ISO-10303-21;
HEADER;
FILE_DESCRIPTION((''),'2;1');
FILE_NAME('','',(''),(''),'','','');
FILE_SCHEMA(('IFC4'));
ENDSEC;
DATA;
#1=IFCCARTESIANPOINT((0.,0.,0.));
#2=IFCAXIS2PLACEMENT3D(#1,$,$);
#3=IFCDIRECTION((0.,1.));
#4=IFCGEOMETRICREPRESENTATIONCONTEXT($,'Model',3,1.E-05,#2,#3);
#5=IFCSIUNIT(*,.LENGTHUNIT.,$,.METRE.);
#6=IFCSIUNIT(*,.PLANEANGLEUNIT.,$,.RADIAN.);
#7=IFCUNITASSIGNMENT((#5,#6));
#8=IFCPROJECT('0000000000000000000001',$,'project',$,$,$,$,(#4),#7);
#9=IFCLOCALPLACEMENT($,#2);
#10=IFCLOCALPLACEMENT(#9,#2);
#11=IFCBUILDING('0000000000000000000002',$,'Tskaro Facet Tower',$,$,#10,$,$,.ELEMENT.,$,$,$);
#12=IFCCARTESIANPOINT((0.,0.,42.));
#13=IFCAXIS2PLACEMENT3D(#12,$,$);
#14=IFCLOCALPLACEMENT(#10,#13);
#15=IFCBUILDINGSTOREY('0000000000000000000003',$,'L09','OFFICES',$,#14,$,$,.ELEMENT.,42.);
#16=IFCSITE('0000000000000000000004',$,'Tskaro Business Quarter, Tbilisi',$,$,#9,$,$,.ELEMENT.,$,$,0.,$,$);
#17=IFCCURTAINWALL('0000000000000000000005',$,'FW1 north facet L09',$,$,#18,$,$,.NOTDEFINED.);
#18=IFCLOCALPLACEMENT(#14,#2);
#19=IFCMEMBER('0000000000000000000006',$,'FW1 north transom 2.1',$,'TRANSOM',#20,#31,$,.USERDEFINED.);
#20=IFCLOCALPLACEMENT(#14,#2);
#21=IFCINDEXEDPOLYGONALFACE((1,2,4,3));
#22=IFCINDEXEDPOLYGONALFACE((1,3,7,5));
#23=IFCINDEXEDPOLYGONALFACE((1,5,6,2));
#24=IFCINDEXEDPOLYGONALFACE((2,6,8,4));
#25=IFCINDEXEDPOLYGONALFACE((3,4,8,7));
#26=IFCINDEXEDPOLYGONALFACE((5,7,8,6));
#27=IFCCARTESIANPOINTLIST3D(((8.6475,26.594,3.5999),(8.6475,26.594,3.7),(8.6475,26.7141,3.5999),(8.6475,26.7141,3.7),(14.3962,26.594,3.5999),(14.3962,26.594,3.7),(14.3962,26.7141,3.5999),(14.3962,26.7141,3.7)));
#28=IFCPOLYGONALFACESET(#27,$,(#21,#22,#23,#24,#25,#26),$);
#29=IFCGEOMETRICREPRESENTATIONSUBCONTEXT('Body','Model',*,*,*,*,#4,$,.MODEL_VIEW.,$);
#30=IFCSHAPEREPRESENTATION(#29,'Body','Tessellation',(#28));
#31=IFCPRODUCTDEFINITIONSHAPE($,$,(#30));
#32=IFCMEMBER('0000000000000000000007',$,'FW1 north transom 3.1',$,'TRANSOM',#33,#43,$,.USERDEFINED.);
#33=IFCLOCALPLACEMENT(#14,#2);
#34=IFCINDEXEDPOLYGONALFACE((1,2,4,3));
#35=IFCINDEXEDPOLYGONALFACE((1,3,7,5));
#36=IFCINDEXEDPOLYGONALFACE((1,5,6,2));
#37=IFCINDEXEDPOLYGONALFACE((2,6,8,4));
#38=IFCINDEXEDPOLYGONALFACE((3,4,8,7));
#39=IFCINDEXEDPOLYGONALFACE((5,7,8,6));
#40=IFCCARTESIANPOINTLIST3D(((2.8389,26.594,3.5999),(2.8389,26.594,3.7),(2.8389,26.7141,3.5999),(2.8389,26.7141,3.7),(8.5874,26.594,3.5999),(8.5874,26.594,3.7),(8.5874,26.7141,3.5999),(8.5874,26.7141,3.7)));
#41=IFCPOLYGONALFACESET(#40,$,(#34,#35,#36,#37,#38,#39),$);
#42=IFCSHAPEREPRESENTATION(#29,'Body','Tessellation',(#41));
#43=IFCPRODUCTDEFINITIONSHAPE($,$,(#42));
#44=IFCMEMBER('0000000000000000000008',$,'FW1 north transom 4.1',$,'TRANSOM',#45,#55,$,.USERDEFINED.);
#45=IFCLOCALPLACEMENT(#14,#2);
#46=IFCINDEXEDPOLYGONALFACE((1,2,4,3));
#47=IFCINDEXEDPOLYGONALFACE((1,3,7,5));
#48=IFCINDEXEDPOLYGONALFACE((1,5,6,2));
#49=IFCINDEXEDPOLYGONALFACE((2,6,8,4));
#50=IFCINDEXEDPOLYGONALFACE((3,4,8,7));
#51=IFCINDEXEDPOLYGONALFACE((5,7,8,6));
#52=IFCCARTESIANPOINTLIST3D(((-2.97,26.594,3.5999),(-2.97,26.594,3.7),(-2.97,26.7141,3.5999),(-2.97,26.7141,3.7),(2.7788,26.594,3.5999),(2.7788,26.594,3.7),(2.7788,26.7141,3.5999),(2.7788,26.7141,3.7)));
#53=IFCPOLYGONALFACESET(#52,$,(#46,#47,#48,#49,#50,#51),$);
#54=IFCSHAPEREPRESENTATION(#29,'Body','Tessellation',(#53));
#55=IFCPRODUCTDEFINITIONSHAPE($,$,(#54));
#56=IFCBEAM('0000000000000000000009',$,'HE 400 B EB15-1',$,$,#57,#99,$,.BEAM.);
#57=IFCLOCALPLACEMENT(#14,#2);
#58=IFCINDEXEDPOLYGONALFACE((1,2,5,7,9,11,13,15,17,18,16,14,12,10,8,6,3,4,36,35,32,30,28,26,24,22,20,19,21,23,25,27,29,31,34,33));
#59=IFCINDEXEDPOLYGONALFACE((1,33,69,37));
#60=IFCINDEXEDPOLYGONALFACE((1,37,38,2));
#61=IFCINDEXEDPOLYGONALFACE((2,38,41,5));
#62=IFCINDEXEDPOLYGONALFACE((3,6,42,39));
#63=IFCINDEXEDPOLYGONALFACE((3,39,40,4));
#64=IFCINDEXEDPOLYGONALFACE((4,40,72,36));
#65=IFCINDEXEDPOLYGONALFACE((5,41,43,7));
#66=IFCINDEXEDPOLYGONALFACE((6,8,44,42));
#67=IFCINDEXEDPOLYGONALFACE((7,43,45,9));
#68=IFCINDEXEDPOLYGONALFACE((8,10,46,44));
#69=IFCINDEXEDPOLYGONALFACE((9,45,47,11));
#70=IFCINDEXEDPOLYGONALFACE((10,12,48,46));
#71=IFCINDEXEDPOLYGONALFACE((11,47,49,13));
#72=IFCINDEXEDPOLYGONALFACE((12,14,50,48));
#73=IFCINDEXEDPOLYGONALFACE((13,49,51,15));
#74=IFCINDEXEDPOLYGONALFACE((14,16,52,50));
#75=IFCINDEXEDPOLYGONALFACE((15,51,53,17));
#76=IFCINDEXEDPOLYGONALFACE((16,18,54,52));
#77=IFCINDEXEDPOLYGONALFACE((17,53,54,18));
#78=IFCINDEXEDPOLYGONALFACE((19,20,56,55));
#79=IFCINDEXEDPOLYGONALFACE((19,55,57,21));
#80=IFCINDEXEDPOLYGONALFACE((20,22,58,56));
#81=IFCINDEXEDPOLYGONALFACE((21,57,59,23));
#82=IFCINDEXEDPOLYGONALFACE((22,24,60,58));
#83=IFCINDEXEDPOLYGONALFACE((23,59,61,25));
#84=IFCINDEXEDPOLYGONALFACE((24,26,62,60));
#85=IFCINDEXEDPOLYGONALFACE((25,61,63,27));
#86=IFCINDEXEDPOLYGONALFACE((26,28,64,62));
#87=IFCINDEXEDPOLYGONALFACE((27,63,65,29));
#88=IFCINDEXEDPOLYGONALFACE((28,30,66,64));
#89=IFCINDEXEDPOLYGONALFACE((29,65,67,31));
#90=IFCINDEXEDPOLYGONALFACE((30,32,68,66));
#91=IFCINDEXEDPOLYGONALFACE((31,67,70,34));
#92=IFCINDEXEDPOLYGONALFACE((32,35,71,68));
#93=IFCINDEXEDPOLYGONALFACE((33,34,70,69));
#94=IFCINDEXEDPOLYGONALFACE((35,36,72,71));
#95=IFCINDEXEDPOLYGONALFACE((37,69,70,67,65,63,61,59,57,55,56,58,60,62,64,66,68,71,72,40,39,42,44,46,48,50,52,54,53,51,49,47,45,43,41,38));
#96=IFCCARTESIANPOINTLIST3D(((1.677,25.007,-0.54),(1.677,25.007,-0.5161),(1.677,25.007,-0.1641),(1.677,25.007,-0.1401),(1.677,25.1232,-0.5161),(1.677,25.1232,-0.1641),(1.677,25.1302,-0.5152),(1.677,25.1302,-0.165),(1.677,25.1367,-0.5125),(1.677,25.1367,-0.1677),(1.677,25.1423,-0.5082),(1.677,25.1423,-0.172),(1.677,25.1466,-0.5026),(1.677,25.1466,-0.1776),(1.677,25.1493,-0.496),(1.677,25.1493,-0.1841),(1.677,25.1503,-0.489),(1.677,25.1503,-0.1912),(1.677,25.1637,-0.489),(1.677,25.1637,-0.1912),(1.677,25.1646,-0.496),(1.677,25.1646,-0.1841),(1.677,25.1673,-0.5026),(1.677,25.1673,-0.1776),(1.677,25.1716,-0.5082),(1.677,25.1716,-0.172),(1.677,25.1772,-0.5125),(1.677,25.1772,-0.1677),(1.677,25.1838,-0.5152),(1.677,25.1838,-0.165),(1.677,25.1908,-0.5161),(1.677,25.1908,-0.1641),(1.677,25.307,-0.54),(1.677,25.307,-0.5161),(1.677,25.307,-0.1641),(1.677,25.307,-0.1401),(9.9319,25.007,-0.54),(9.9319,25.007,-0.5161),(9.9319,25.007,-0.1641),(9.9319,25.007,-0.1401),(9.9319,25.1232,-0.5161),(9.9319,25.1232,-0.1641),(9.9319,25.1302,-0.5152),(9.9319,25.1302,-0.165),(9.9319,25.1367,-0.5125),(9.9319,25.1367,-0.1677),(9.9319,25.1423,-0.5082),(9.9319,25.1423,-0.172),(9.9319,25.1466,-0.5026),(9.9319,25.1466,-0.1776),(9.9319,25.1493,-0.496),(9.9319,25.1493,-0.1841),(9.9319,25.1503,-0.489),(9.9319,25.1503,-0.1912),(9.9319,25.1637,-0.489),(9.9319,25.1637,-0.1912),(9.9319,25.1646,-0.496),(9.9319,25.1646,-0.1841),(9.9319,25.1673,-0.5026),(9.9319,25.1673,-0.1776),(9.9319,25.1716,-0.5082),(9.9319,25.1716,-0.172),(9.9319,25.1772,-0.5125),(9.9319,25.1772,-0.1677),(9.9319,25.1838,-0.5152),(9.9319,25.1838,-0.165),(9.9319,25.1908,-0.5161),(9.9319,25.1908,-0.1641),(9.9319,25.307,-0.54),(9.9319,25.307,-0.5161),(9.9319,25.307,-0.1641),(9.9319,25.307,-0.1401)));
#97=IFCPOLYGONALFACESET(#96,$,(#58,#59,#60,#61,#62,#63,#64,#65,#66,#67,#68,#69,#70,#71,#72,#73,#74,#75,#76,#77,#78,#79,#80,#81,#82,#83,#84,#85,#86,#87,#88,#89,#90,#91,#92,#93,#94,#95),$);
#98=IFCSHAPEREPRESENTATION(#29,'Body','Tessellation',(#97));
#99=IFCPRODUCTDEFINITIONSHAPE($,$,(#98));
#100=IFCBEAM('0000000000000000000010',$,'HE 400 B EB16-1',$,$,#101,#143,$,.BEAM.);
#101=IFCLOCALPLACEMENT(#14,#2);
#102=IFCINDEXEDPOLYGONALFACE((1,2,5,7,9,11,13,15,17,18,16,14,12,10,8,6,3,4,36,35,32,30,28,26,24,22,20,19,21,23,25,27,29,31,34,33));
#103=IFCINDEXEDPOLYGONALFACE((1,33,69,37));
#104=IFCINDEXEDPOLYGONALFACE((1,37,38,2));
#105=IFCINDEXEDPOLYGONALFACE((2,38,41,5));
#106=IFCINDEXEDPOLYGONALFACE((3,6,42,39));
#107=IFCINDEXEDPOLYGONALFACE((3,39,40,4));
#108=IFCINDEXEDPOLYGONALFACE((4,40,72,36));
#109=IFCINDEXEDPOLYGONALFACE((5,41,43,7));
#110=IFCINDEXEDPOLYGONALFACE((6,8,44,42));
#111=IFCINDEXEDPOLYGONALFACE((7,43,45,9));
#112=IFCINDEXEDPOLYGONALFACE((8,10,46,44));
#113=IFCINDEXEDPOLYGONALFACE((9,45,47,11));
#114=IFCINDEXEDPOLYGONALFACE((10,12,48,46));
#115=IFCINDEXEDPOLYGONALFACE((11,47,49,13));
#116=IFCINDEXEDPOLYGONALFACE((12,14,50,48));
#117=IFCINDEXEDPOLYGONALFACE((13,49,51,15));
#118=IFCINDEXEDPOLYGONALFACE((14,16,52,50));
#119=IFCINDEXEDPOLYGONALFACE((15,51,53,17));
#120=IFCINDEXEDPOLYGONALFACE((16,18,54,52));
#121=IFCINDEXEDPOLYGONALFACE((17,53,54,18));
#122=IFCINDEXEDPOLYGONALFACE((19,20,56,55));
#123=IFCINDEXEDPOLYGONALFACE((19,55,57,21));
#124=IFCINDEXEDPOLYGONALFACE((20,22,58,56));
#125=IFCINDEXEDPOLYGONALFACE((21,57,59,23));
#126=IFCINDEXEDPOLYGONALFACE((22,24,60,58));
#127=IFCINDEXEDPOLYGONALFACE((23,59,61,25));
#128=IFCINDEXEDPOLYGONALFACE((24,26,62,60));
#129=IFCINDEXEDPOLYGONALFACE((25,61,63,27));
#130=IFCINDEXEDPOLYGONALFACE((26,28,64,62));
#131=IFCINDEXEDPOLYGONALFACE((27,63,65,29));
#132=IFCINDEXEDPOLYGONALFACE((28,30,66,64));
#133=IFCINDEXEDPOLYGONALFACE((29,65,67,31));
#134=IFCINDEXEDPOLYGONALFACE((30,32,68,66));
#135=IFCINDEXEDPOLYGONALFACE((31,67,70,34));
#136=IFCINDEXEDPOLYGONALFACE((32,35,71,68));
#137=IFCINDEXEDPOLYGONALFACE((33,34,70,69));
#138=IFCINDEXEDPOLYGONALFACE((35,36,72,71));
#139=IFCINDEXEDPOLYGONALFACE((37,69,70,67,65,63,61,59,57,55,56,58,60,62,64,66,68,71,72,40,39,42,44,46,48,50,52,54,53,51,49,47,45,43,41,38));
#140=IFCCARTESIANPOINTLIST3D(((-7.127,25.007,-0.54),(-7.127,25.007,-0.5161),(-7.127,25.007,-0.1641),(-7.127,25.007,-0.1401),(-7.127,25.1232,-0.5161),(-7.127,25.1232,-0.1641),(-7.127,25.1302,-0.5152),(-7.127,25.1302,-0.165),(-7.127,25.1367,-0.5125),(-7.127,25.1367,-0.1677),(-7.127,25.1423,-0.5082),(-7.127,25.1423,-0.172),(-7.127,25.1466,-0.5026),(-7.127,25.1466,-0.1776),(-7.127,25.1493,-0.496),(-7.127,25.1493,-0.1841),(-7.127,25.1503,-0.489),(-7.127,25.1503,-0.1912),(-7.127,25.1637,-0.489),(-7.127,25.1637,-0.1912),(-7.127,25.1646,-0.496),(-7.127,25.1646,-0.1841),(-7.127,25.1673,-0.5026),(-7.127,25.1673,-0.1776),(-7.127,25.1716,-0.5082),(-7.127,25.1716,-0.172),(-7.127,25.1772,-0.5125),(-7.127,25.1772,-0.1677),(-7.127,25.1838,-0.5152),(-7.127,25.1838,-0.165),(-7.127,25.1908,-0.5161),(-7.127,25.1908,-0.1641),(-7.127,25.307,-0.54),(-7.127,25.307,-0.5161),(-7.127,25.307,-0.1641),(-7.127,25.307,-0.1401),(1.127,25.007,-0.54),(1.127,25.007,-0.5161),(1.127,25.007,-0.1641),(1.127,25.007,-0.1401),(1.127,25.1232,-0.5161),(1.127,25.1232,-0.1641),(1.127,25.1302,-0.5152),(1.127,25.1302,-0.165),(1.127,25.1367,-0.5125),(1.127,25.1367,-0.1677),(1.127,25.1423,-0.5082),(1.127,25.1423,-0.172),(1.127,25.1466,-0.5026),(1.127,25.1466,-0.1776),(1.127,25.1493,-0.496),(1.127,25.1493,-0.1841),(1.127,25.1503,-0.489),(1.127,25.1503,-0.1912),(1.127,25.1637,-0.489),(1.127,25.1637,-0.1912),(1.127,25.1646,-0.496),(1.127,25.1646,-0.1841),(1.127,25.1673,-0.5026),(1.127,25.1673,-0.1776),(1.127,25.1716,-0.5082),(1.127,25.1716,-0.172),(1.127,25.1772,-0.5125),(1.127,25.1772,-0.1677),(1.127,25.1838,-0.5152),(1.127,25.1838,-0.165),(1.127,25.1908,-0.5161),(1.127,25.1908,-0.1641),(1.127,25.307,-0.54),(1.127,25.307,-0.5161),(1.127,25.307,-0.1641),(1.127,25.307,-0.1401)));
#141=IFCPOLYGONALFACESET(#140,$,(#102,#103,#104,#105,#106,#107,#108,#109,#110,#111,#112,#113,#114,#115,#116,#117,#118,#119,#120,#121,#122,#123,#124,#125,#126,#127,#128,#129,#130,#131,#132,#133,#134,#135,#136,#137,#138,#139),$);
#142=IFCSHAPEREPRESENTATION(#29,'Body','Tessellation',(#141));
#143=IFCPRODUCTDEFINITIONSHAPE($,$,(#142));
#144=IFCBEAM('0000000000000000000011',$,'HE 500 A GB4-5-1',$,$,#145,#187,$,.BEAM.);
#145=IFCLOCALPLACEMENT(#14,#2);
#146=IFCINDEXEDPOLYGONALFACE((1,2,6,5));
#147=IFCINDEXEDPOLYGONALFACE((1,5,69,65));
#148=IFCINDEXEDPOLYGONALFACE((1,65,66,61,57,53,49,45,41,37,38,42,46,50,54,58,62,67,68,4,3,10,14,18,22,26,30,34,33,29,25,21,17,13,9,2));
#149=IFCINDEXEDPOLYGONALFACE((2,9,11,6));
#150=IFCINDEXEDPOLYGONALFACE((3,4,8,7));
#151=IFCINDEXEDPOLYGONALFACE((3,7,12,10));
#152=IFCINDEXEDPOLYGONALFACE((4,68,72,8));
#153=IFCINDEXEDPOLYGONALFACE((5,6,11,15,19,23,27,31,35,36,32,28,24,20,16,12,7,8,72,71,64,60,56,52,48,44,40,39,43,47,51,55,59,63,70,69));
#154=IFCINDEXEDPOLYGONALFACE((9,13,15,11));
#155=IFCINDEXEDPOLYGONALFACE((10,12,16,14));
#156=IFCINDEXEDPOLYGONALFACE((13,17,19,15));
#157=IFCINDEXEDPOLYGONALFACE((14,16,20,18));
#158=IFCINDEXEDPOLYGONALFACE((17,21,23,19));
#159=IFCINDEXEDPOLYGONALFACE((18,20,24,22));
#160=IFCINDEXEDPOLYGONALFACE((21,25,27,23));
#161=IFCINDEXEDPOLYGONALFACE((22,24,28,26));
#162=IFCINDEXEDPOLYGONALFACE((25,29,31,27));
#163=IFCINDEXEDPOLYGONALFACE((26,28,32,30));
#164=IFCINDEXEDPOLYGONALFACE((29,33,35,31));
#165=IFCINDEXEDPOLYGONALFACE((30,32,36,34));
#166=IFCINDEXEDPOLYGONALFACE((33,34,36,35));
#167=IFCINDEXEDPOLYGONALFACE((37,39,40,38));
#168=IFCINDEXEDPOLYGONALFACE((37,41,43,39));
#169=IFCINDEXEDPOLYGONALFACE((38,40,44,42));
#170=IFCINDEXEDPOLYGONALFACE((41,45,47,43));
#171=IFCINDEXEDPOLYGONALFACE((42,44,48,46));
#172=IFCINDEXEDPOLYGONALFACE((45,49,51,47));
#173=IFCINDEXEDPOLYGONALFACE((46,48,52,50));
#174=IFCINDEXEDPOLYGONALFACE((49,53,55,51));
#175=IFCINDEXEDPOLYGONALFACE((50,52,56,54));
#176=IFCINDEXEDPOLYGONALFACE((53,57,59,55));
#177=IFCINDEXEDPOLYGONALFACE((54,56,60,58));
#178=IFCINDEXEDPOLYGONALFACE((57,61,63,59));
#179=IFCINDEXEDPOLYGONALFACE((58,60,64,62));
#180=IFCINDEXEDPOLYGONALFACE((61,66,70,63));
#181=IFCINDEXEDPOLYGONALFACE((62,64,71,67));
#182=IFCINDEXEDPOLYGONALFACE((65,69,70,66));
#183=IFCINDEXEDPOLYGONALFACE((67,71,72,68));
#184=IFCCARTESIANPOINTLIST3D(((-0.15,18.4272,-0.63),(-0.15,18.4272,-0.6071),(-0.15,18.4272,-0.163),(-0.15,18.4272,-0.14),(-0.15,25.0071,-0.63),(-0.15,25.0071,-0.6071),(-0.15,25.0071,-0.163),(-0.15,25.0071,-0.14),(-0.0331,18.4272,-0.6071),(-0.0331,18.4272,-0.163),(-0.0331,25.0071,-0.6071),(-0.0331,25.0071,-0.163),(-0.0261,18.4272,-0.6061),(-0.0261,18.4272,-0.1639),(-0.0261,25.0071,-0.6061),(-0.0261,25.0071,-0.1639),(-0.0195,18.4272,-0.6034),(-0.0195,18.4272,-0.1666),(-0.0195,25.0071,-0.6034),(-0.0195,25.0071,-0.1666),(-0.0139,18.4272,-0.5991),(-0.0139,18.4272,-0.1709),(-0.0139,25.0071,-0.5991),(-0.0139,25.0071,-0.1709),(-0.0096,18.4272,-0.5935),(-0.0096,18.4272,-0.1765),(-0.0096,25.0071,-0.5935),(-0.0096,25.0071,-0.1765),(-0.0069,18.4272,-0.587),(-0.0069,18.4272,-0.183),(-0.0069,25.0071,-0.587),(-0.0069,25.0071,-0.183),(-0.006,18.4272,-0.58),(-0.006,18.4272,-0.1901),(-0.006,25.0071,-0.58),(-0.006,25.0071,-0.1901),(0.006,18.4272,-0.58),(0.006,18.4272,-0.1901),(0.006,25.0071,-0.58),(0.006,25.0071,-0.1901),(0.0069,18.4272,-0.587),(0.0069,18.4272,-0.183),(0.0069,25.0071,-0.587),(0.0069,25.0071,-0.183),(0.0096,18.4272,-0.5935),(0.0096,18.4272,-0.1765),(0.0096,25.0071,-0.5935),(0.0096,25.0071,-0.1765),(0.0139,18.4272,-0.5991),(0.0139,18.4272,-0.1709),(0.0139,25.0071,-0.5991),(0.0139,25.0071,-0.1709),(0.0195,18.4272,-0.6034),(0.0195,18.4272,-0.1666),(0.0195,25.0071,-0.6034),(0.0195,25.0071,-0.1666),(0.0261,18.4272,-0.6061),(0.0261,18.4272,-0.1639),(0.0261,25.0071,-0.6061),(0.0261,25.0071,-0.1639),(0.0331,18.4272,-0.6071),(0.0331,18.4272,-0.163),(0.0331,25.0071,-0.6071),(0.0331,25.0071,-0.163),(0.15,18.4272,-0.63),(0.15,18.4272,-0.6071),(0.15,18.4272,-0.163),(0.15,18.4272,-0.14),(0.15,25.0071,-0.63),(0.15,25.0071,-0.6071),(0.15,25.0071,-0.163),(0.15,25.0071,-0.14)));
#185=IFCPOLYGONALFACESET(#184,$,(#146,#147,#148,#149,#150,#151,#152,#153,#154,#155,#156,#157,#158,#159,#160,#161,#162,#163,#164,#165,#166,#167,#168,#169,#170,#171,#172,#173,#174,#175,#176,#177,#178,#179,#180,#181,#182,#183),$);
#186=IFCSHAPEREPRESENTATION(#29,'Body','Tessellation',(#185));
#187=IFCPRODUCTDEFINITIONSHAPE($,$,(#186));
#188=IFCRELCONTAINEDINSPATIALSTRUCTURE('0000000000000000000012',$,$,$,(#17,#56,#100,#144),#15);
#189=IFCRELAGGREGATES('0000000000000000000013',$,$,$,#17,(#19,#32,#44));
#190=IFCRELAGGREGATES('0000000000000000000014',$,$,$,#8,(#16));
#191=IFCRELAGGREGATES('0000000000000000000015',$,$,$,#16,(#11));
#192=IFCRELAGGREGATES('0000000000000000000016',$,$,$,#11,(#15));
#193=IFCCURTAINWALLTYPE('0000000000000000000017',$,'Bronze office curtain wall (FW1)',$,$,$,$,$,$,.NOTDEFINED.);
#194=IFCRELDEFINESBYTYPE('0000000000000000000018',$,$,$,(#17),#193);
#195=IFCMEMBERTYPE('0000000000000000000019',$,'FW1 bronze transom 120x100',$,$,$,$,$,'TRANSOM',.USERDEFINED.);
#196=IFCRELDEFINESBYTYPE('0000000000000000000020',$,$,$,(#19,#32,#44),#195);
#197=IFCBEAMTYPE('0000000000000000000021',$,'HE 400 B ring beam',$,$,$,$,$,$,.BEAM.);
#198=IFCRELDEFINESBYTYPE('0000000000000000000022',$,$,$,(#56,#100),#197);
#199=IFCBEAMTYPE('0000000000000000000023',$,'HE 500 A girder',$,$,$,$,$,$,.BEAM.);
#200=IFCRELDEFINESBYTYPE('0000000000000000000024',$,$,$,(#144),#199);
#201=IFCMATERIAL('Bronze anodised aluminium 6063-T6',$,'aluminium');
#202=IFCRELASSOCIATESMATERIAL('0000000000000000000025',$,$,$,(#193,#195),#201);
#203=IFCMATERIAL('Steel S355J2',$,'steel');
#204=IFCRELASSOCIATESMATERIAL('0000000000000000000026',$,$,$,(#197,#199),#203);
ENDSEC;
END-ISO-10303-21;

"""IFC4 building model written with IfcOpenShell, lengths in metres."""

from ifc_helpers import new_model, si_unit, direction, frame, origin, origin_2d, place, context, subcontext, project, spatial, rectangle, i_section, extrude, material, material_profile, profile_set, type_object, element, aggregate, save


model = new_model("IFC4")

# Units and contexts
model_context = context("Model", 3, precision=1e-05, world=origin(), true_north=direction((0.0, 1.0)))
body_context = subcontext(model_context, "Body", "Model", "MODEL_VIEW")
ifc_project = project(units=[si_unit("LENGTHUNIT", "METRE"), si_unit("PLANEANGLEUNIT", "RADIAN")], contexts=[model_context])

# Site, building, storey
site_placement = place(None, origin())
site = spatial("IfcSite", under=ifc_project, at=site_placement, Name="Tskaro Business Quarter, Tbilisi", CompositionType="ELEMENT", RefElevation=0.0)
building_placement = place(site_placement, origin())
building = spatial("IfcBuilding", under=site, at=building_placement, Name="Tskaro Facet Tower", CompositionType="ELEMENT")
storey_placement = place(building_placement, frame((0.0, 0.0, 42.0)))
storey = spatial("IfcBuildingStorey", under=building, at=storey_placement, Name="L09", Description="OFFICES", CompositionType="ELEMENT", Elevation=42.0)

# Curtain wall, members
ifc_material_1 = material(Name="Bronze anodised aluminium 6063-T6", Category="aluminium")
curtain_wall_type = type_object("IfcCurtainWallType", Name="Bronze office curtain wall (FW1)", PredefinedType="NOTDEFINED", material=ifc_material_1)
curtain_wall_placement = place(storey_placement, origin())
curtain_wall = element("IfcCurtainWall", 1, at=curtain_wall_placement, inside=storey, type_object=curtain_wall_type, Name="FW1 north facet L09", PredefinedType="NOTDEFINED")
ifc_material_profile_1 = material_profile(ifc_material_1, rectangle(XDim=0.1201, YDim=0.1001, at=origin_2d()), Name="Transom 120x100")
ifc_profile_set_1 = profile_set([ifc_material_profile_1], Name="Bronze anodised aluminium 6063-T6")
member_type_1 = type_object("IfcMemberType", Name="FW1 bronze transom 120x100", ElementType="TRANSOM", PredefinedType="USERDEFINED", material=ifc_profile_set_1)
member_1_placement = place(storey_placement, frame((14.3962, 26.6541, 3.6499), z_axis=(-1.0, 0.0, 0.0), x_axis=(0.0, -1.0, 0.0)))
member_1 = element("IfcMember", 2, at=member_1_placement, type_object=member_type_1, Name="FW1 north transom 2.1", ObjectType="TRANSOM", PredefinedType="USERDEFINED", context=body_context, shape_type="SweptSolid", body=[
    extrude(rectangle(XDim=0.1201, YDim=0.1001, at=origin_2d()), origin(), (0.0, 0.0, 1.0), 5.7488),
])
member_2_placement = place(storey_placement, frame((8.5874, 26.6541, 3.6499), z_axis=(-1.0, 0.0, 0.0), x_axis=(0.0, -1.0, 0.0)))
member_2 = element("IfcMember", 3, at=member_2_placement, type_object=member_type_1, Name="FW1 north transom 3.1", ObjectType="TRANSOM", PredefinedType="USERDEFINED", context=body_context, shape_type="SweptSolid", body=[
    extrude(rectangle(XDim=0.1201, YDim=0.1001, at=origin_2d()), origin(), (0.0, 0.0, 1.0), 5.7485),
])
member_3_placement = place(storey_placement, frame((2.7788, 26.6541, 3.6499), z_axis=(-1.0, 0.0, 0.0), x_axis=(0.0, -1.0, 0.0)))
member_3 = element("IfcMember", 4, at=member_3_placement, type_object=member_type_1, Name="FW1 north transom 4.1", ObjectType="TRANSOM", PredefinedType="USERDEFINED", context=body_context, shape_type="SweptSolid", body=[
    extrude(rectangle(XDim=0.1201, YDim=0.1001, at=origin_2d()), origin(), (0.0, 0.0, 1.0), 5.7488),
])

# Beams
ifc_material_2 = material(Name="Steel S355J2", Category="steel")
ifc_material_profile_2 = material_profile(ifc_material_2, i_section(OverallWidth=0.3, OverallDepth=0.3999, WebThickness=0.0134, FlangeThickness=0.0239, FilletRadius=0.0271, at=origin_2d()), Name="HE 400 B")
ifc_profile_set_2 = profile_set([ifc_material_profile_2], Name="Steel S355J2")
beam_type_1 = type_object("IfcBeamType", Name="HE 400 B ring beam", PredefinedType="BEAM", material=ifc_profile_set_2)
beam_1_placement = place(storey_placement, frame((9.9319, 25.157, -0.3401), z_axis=(-1.0, 0.0, 0.0), x_axis=(0.0, -1.0, 0.0)))
element("IfcBeam", 5, at=beam_1_placement, inside=storey, type_object=beam_type_1, Name="HE 400 B EB15-1", PredefinedType="BEAM", context=body_context, shape_type="SweptSolid", body=[
    extrude(i_section(OverallWidth=0.3, OverallDepth=0.3999, WebThickness=0.0134, FlangeThickness=0.0239, FilletRadius=0.0271, at=origin_2d()), origin(), (0.0, 0.0, 1.0), 8.2549),
])
beam_2_placement = place(storey_placement, frame((1.127, 25.157, -0.3401), z_axis=(-1.0, 0.0, 0.0), x_axis=(0.0, -1.0, 0.0)))
element("IfcBeam", 6, at=beam_2_placement, inside=storey, type_object=beam_type_1, Name="HE 400 B EB16-1", PredefinedType="BEAM", context=body_context, shape_type="SweptSolid", body=[
    extrude(i_section(OverallWidth=0.3, OverallDepth=0.3999, WebThickness=0.0134, FlangeThickness=0.0239, FilletRadius=0.0271, at=origin_2d()), origin(), (0.0, 0.0, 1.0), 8.2539),
])
ifc_material_profile_3 = material_profile(ifc_material_2, i_section(OverallWidth=0.3, OverallDepth=0.49, WebThickness=0.012, FlangeThickness=0.0229, FilletRadius=0.0271, at=origin_2d()), Name="HE 500 A")
ifc_profile_set_3 = profile_set([ifc_material_profile_3], Name="Steel S355J2")
beam_type_2 = type_object("IfcBeamType", Name="HE 500 A girder", PredefinedType="BEAM", material=ifc_profile_set_3)
for number, where, z_axis, x_axis, name in (
    (7, (0.0, 18.4272, -0.385), (0.0, 1.0, 0.0), (-1.0, 0.0, 0.0), "HE 500 A GB4-5-1"),
):
    element("IfcBeam", number, at=place(storey_placement, frame(where, z_axis=z_axis, x_axis=x_axis)), inside=storey, type_object=beam_type_2, Name=name, PredefinedType="BEAM", context=body_context, shape_type="SweptSolid", body=[
        extrude(i_section(OverallWidth=0.3, OverallDepth=0.49, WebThickness=0.012, FlangeThickness=0.0229, FilletRadius=0.0271, at=origin_2d()), origin(), (0.0, 0.0, 1.0), 6.5798),
    ])

aggregate(curtain_wall, [member_1, member_2, member_3])

save(model, "model.ifc")
